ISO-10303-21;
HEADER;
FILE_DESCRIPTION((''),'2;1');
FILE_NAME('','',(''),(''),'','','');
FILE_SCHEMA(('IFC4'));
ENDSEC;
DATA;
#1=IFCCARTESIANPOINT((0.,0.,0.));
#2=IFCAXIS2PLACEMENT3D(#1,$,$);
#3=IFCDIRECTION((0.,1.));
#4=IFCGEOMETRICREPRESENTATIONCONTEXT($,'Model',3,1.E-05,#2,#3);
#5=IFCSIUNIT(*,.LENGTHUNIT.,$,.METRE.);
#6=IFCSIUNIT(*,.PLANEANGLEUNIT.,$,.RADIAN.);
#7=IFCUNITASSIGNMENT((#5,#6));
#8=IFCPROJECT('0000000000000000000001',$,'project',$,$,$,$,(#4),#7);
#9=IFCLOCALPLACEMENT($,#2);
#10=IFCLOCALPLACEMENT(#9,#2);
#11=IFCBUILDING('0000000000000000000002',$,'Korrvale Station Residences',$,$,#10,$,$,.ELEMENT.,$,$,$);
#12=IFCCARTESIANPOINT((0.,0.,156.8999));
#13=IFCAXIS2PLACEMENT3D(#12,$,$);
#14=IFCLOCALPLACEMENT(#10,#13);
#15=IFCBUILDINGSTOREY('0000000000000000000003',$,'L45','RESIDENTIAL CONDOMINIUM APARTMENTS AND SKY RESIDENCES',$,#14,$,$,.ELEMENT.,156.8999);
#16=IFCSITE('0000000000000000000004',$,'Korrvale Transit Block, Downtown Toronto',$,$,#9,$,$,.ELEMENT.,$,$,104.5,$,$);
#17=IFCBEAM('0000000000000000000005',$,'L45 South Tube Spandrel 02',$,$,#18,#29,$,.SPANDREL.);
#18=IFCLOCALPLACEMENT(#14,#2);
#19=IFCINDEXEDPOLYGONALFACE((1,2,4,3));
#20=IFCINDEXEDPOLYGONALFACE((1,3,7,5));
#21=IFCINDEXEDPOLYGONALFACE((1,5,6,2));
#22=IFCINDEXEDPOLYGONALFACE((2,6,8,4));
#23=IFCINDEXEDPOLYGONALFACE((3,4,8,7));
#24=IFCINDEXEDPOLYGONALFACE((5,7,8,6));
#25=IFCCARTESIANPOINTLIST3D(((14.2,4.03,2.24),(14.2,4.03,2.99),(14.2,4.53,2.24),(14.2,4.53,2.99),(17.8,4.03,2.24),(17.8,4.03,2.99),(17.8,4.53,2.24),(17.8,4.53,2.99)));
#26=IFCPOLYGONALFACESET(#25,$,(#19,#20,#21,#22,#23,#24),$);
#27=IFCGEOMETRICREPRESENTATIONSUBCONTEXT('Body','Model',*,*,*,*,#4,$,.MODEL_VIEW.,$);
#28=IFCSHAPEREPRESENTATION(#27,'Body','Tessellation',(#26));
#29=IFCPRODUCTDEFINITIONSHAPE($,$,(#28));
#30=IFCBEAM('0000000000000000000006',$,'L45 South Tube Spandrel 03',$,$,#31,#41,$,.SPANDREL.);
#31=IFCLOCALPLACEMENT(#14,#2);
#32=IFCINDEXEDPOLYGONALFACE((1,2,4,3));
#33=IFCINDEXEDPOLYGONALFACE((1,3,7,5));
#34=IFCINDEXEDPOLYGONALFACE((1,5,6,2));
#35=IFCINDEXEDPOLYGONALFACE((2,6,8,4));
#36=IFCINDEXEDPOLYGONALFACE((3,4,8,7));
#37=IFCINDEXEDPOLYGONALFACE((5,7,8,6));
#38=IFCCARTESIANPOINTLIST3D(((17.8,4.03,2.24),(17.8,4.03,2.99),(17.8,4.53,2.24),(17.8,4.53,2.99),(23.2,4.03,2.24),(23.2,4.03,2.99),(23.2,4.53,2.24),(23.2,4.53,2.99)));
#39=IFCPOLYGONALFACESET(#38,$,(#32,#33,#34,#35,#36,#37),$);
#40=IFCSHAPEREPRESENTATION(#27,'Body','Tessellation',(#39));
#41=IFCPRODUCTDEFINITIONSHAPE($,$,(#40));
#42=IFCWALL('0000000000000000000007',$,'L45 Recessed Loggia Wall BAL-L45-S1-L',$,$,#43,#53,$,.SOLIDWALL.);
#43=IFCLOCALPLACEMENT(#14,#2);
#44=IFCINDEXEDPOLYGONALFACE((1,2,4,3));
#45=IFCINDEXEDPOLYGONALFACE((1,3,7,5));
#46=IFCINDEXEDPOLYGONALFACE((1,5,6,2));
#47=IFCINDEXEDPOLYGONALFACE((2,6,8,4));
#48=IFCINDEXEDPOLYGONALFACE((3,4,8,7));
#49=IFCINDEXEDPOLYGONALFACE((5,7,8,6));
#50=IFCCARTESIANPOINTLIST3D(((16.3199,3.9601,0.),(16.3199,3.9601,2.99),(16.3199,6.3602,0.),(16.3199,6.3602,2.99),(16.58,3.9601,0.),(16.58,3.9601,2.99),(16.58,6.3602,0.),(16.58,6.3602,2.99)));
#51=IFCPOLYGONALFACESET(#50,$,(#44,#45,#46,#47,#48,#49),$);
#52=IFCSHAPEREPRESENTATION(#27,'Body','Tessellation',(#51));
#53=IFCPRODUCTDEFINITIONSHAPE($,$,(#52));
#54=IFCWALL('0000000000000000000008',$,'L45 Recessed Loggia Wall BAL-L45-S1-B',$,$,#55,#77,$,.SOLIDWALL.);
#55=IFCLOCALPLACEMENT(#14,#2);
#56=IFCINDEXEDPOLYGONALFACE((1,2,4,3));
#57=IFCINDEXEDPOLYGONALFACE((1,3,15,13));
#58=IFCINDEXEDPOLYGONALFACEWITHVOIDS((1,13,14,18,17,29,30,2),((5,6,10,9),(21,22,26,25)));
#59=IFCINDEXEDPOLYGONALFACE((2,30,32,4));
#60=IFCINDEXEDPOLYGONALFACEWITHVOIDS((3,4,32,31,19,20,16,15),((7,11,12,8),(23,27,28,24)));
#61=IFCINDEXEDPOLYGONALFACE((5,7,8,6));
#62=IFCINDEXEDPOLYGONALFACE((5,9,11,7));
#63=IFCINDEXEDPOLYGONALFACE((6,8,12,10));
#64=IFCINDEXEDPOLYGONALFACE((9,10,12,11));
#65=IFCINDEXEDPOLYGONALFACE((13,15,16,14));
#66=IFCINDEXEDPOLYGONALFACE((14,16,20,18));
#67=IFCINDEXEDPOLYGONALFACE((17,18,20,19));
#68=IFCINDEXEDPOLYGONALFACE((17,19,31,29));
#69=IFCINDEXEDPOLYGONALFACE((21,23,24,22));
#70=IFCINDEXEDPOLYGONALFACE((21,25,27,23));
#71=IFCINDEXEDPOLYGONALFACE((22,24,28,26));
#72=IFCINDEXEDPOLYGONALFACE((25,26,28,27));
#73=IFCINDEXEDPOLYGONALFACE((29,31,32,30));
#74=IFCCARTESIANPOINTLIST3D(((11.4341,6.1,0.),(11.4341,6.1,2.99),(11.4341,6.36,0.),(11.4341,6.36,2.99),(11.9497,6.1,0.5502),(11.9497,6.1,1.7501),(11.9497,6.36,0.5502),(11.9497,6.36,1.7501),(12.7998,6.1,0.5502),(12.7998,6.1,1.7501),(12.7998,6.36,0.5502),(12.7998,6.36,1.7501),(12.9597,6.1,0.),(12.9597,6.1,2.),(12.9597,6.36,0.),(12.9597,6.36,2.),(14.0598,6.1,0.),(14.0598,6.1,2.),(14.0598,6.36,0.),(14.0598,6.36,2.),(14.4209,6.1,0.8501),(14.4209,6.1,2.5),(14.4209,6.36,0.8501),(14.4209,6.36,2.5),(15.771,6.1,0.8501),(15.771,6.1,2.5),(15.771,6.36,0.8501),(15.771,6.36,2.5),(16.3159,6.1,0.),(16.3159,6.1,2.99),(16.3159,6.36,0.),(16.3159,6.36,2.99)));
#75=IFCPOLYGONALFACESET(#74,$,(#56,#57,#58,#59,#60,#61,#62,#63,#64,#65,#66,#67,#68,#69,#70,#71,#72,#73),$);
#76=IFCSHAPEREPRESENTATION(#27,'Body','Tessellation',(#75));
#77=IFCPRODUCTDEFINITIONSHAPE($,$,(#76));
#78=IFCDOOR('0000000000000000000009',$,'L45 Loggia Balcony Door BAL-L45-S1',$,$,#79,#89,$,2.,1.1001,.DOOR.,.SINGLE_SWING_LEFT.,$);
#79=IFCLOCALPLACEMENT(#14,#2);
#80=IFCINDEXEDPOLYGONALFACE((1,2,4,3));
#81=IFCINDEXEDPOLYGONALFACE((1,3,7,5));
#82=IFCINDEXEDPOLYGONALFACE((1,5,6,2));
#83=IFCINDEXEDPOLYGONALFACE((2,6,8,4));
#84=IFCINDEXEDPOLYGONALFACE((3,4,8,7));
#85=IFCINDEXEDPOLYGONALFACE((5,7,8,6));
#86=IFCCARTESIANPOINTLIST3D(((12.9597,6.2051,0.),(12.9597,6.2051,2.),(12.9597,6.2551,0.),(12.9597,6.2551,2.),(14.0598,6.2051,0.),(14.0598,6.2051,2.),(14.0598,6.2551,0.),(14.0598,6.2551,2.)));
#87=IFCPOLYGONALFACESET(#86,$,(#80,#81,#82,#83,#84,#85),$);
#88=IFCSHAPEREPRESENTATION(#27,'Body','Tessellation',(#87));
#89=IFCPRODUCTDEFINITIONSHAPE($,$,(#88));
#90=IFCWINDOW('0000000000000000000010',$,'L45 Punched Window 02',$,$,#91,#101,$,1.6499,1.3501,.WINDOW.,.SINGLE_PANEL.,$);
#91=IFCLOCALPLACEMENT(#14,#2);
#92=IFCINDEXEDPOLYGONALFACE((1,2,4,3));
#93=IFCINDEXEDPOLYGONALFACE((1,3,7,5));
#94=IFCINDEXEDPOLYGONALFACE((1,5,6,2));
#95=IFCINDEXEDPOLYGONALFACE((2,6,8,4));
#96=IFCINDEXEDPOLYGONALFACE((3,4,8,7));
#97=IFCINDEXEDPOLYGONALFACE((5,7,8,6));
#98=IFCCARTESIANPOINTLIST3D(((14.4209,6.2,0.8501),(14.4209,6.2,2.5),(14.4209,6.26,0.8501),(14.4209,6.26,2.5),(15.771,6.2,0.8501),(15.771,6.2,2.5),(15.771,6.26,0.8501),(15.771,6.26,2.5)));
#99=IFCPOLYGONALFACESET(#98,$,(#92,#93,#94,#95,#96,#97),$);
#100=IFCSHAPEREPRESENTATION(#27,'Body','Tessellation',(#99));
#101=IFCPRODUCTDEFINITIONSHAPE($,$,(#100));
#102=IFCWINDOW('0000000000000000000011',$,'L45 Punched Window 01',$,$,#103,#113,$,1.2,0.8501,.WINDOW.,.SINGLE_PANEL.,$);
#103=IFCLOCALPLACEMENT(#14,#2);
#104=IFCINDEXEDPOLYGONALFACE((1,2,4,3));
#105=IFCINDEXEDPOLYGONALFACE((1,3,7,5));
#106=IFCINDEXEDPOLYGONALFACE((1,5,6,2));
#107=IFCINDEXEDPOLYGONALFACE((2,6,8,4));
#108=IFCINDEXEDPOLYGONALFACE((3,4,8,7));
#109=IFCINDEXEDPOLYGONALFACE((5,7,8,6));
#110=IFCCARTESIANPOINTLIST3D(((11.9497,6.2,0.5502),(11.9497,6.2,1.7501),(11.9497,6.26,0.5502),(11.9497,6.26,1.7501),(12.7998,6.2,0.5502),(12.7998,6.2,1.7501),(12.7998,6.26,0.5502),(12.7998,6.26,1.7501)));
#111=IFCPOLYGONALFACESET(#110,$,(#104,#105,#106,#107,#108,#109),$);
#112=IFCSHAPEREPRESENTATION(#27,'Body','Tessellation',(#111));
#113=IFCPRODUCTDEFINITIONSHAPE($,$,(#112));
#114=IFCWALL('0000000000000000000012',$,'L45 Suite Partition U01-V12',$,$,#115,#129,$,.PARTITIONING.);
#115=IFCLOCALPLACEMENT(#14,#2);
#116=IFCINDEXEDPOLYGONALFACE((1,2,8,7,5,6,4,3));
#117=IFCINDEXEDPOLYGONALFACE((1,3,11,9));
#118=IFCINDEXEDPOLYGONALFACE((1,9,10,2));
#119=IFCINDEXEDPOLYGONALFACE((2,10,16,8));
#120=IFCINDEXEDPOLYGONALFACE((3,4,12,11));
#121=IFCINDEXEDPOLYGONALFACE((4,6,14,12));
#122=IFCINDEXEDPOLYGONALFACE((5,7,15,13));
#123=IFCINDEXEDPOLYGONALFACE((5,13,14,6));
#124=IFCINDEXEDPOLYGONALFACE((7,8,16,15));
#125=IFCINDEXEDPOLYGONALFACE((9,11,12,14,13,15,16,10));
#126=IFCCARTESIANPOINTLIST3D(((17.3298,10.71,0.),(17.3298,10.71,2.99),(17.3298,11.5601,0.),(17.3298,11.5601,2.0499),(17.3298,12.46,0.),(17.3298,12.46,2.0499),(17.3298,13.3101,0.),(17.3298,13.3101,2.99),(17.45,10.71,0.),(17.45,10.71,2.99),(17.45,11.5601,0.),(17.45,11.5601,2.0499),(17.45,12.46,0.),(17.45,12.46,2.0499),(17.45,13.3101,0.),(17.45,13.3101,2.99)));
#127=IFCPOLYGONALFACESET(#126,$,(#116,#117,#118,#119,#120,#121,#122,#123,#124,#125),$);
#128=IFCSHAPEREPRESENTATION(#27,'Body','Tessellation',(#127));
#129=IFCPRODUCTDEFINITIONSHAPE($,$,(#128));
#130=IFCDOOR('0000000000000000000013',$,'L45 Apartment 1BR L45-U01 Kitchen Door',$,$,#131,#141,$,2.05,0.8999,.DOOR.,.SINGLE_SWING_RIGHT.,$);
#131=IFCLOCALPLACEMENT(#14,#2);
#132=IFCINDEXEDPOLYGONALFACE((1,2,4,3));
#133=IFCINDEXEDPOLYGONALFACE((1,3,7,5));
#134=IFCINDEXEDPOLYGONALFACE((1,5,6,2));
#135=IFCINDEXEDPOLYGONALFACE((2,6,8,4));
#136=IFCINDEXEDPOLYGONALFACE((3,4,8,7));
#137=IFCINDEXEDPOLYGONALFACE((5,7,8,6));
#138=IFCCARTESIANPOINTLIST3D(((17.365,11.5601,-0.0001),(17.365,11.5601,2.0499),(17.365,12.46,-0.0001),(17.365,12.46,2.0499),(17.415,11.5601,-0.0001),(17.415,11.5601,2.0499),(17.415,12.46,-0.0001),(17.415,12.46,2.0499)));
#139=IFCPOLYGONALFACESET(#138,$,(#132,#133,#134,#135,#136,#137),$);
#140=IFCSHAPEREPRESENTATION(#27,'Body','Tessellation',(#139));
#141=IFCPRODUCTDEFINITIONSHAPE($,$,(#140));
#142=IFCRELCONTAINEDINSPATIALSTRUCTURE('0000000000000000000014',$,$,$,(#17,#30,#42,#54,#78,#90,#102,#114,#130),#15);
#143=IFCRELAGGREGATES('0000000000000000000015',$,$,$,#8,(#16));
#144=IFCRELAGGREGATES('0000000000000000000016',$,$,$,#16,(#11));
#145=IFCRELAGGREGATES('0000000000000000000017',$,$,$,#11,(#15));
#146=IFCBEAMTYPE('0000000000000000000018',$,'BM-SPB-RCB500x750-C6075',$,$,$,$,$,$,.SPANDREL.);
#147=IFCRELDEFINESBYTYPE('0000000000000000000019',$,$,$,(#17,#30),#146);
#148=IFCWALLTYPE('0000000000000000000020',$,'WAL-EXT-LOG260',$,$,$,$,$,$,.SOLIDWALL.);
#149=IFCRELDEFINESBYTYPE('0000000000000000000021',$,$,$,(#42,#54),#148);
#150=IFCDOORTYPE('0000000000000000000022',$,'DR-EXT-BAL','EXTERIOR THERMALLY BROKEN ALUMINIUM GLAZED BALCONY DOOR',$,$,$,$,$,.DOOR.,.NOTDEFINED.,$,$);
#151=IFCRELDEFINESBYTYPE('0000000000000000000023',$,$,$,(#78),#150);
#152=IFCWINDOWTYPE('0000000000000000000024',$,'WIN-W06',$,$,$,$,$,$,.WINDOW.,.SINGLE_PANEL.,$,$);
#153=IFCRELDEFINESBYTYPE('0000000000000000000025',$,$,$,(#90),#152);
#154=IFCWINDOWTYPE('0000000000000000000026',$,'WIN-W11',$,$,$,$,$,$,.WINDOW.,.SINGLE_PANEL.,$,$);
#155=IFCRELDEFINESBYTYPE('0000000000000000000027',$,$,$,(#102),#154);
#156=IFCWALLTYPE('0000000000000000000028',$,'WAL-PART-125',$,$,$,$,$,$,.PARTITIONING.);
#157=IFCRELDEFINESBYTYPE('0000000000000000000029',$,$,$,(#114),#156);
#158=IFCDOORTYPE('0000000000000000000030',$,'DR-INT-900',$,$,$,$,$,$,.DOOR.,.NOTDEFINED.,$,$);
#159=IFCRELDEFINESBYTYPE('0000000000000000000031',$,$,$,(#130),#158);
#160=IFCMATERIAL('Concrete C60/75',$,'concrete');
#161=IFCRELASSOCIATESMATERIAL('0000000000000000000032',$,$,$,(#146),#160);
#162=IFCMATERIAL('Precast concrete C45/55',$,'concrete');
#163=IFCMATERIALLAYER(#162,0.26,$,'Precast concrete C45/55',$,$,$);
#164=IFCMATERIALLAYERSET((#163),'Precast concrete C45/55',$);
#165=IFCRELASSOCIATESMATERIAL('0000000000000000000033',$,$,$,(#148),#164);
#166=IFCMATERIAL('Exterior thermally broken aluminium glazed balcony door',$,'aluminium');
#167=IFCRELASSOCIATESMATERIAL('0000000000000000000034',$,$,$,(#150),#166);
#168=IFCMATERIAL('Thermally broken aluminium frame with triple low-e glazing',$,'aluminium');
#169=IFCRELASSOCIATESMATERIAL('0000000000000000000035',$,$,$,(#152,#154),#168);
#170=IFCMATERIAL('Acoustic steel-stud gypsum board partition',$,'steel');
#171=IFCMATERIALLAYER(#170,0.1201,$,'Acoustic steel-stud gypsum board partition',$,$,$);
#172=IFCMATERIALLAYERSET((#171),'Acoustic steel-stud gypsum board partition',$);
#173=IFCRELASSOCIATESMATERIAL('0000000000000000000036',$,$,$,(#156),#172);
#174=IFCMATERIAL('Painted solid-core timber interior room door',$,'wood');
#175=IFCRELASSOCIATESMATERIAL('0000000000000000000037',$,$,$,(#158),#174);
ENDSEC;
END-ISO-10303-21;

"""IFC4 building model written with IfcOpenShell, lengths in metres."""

from ifc_helpers import new_model, si_unit, direction, frame, frame_2d, origin, origin_2d, place, context, subcontext, project, spatial, rectangle, extrude, material, layer, layer_set, material_profile, profile_set, type_object, element, fill, save


model = new_model("IFC4")

# Units and contexts
model_context = context("Model", 3, precision=1e-05, world=origin(), true_north=direction((0.0, 1.0)))
body_context = subcontext(model_context, "Body", "Model", "MODEL_VIEW")
ifc_project = project(units=[si_unit("LENGTHUNIT", "METRE"), si_unit("PLANEANGLEUNIT", "RADIAN")], contexts=[model_context])

# Site, building, storey
site_placement = place(None, origin())
site = spatial("IfcSite", under=ifc_project, at=site_placement, Name="Korrvale Transit Block, Downtown Toronto", CompositionType="ELEMENT", RefElevation=104.5)
building_placement = place(site_placement, origin())
building = spatial("IfcBuilding", under=site, at=building_placement, Name="Korrvale Station Residences", CompositionType="ELEMENT")
storey_placement = place(building_placement, frame((0.0, 0.0, 156.8999)))
storey = spatial("IfcBuildingStorey", under=building, at=storey_placement, Name="L45", Description="RESIDENTIAL CONDOMINIUM APARTMENTS AND SKY RESIDENCES", CompositionType="ELEMENT", Elevation=156.8999)

# Shared definitions
ifc_material_1 = material(Name="Concrete C60/75", Category="concrete")

# Beams
ifc_material_profile_1 = material_profile(ifc_material_1, rectangle(XDim=0.5, YDim=0.75, at=origin_2d()), Name="RCB500x750")
ifc_profile_set_1 = profile_set([ifc_material_profile_1], Name="Concrete C60/75")
beam_type_1 = type_object("IfcBeamType", Name="BM-SPB-RCB500x750-C6075", PredefinedType="SPANDREL", material=ifc_profile_set_1)
beam_1_placement = place(storey_placement, frame((14.2, 4.28, 2.615), z_axis=(1.0, 0.0, 0.0), x_axis=(0.0, 1.0, 0.0)))
element("IfcBeam", 1, at=beam_1_placement, inside=storey, type_object=beam_type_1, Name="L45 South Tube Spandrel 02", PredefinedType="SPANDREL", context=body_context, shape_type="SweptSolid", body=[
    extrude(rectangle(XDim=0.5, YDim=0.75, at=origin_2d()), origin(), (0.0, 0.0, 1.0), 3.6001),
])
beam_2_placement = place(storey_placement, frame((17.8, 4.28, 2.615), z_axis=(1.0, 0.0, 0.0), x_axis=(0.0, 1.0, 0.0)))
element("IfcBeam", 2, at=beam_2_placement, inside=storey, type_object=beam_type_1, Name="L45 South Tube Spandrel 03", PredefinedType="SPANDREL", context=body_context, shape_type="SweptSolid", body=[
    extrude(rectangle(XDim=0.5, YDim=0.75, at=origin_2d()), origin(), (0.0, 0.0, 1.0), 5.3999),
])

# Wall
ifc_material_2 = material(Name="Precast concrete C45/55", Category="concrete")
ifc_layer_1 = layer(ifc_material_2, 0.26, Name="Precast concrete C45/55")
ifc_layer_set_1 = layer_set([ifc_layer_1], Name="Precast concrete C45/55")
wall_type_1 = type_object("IfcWallType", Name="WAL-EXT-LOG260", PredefinedType="SOLIDWALL", material=ifc_layer_set_1)
wall_1_placement = place(storey_placement, frame((16.45, 3.96, 0.0), z_axis=(0.0, 0.0, 1.0), x_axis=(0.0, 1.0, 0.0)))
element("IfcWall", 3, at=wall_1_placement, inside=storey, type_object=wall_type_1, Name="L45 Recessed Loggia Wall BAL-L45-S1-L", PredefinedType="SOLIDWALL", context=body_context, shape_type="SweptSolid", body=[
    extrude(rectangle(XDim=2.4001, YDim=0.26, at=frame_2d((1.2002, 0.0))), origin(), (0.0, 0.0, 1.0), 2.99),
])

# Wall, openings, door, windows
wall_2_placement = place(storey_placement, frame((16.3159, 6.23, 0.0), z_axis=(0.0, 0.0, 1.0), x_axis=(-1.0, 0.0, 0.0)))
wall_2 = element("IfcWall", 4, at=wall_2_placement, inside=storey, type_object=wall_type_1, Name="L45 Recessed Loggia Wall BAL-L45-S1-B", PredefinedType="SOLIDWALL", context=body_context, shape_type="SweptSolid", body=[
    extrude(rectangle(XDim=4.8818, YDim=0.26, at=frame_2d((2.4409, 0.0))), origin(), (0.0, 0.0, 1.0), 2.99),
])
opening_1_placement = place(wall_2_placement, frame((2.2561, 0.0, 0.0)))
opening_1 = element("IfcOpeningElement", 5, at=opening_1_placement, cuts=wall_2, PredefinedType="OPENING", context=body_context, shape_type="SweptSolid", body=[
    extrude(rectangle(XDim=1.1001, YDim=2.0, at=frame_2d((0.55, 1.0))), frame((0.0, 0.1401, 0.0), z_axis=(0.0, -1.0, 0.0), x_axis=(1.0, 0.0, 0.0)), (0.0, 0.0, 1.0), 0.28),
])
opening_2_placement = place(wall_2_placement, frame((3.5161, 0.0, 0.55)))
opening_2 = element("IfcOpeningElement", 6, at=opening_2_placement, cuts=wall_2, PredefinedType="OPENING", context=body_context, shape_type="SweptSolid", body=[
    extrude(rectangle(XDim=0.8501, YDim=1.2, at=frame_2d((0.425, 0.6001))), frame((0.0, 0.1401, 0.0), z_axis=(0.0, -1.0, 0.0), x_axis=(1.0, 0.0, 0.0)), (0.0, 0.0, 1.0), 0.28),
])
opening_3_placement = place(wall_2_placement, frame((0.5449, 0.0, 0.8501)))
opening_3 = element("IfcOpeningElement", 7, at=opening_3_placement, cuts=wall_2, PredefinedType="OPENING", context=body_context, shape_type="SweptSolid", body=[
    extrude(rectangle(XDim=1.3501, YDim=1.6499, at=frame_2d((0.675, 0.825))), frame((0.0, 0.1401, 0.0), z_axis=(0.0, -1.0, 0.0), x_axis=(1.0, 0.0, 0.0)), (0.0, 0.0, 1.0), 0.28),
])
ifc_material_3 = material(Name="Exterior thermally broken aluminium glazed balcony door", Category="aluminium")
door_type_1 = type_object("IfcDoorType", Name="DR-EXT-BAL", Description="EXTERIOR THERMALLY BROKEN ALUMINIUM GLAZED BALCONY DOOR", OperationType="NOTDEFINED", PredefinedType="DOOR", material=ifc_material_3)
door_1_placement = place(opening_1_placement, origin())
door_1 = element("IfcDoor", 8, at=door_1_placement, inside=storey, type_object=door_type_1, Name="L45 Loggia Balcony Door BAL-L45-S1", OperationType="SINGLE_SWING_LEFT", OverallHeight=2.0, OverallWidth=1.1001, PredefinedType="DOOR", context=body_context, shape_type="SweptSolid", body=[
    extrude(rectangle(XDim=1.1001, YDim=2.0, at=frame_2d((0.55, 1.0))), frame((0.0, 0.0249, 0.0), z_axis=(0.0, -1.0, 0.0), x_axis=(1.0, 0.0, 0.0)), (0.0, 0.0, 1.0), 0.05),
])
fill(opening_1, door_1)
ifc_material_4 = material(Name="Thermally broken aluminium frame with triple low-e glazing", Category="aluminium")
window_type_1 = type_object("IfcWindowType", Name="WIN-W06", PartitioningType="SINGLE_PANEL", PredefinedType="WINDOW", material=ifc_material_4)
window_1_placement = place(opening_3_placement, origin())
window_1 = element("IfcWindow", 9, at=window_1_placement, inside=storey, type_object=window_type_1, Name="L45 Punched Window 02", OverallHeight=1.6499, OverallWidth=1.3501, PartitioningType="SINGLE_PANEL", PredefinedType="WINDOW", context=body_context, shape_type="SweptSolid", body=[
    extrude(rectangle(XDim=1.3501, YDim=1.6499, at=frame_2d((0.675, 0.825))), frame((0.0, 0.03, 0.0), z_axis=(0.0, -1.0, 0.0), x_axis=(1.0, 0.0, 0.0)), (0.0, 0.0, 1.0), 0.0601),
])
fill(opening_3, window_1)
window_type_2 = type_object("IfcWindowType", Name="WIN-W11", PartitioningType="SINGLE_PANEL", PredefinedType="WINDOW", material=ifc_material_4)
window_2_placement = place(opening_2_placement, origin())
window_2 = element("IfcWindow", 10, at=window_2_placement, inside=storey, type_object=window_type_2, Name="L45 Punched Window 01", OverallHeight=1.2, OverallWidth=0.8501, PartitioningType="SINGLE_PANEL", PredefinedType="WINDOW", context=body_context, shape_type="SweptSolid", body=[
    extrude(rectangle(XDim=0.8501, YDim=1.2, at=frame_2d((0.425, 0.6001))), frame((0.0, 0.03, 0.0), z_axis=(0.0, -1.0, 0.0), x_axis=(1.0, 0.0, 0.0)), (0.0, 0.0, 1.0), 0.0601),
])
fill(opening_2, window_2)

# Wall, opening, door
ifc_material_5 = material(Name="Acoustic steel-stud gypsum board partition", Category="steel")
ifc_layer_2 = layer(ifc_material_5, 0.1201, Name="Acoustic steel-stud gypsum board partition")
ifc_layer_set_2 = layer_set([ifc_layer_2], Name="Acoustic steel-stud gypsum board partition")
wall_type_2 = type_object("IfcWallType", Name="WAL-PART-125", PredefinedType="PARTITIONING", material=ifc_layer_set_2)
wall_3_placement = place(storey_placement, frame((17.3899, 10.71, 0.0), z_axis=(0.0, 0.0, 1.0), x_axis=(0.0, 1.0, 0.0)))
wall_3 = element("IfcWall", 11, at=wall_3_placement, inside=storey, type_object=wall_type_2, Name="L45 Suite Partition U01-V12", PredefinedType="PARTITIONING", context=body_context, shape_type="SweptSolid", body=[
    extrude(rectangle(XDim=2.6001, YDim=0.1201, at=frame_2d((1.3, 0.0))), origin(), (0.0, 0.0, 1.0), 2.99),
])
opening_4_placement = place(wall_3_placement, frame((0.8501, 0.0, 0.0)))
opening_4 = element("IfcOpeningElement", 12, at=opening_4_placement, cuts=wall_3, PredefinedType="OPENING", context=body_context, shape_type="SweptSolid", body=[
    extrude(rectangle(XDim=0.8999, YDim=2.05, at=frame_2d((0.45, 1.0249))), frame((0.0, 0.0701, 0.0), z_axis=(0.0, -1.0, 0.0), x_axis=(1.0, 0.0, 0.0)), (0.0, 0.0, 1.0), 0.1401),
])
ifc_material_6 = material(Name="Painted solid-core timber interior room door", Category="wood")
door_type_2 = type_object("IfcDoorType", Name="DR-INT-900", OperationType="NOTDEFINED", PredefinedType="DOOR", material=ifc_material_6)
door_2_placement = place(opening_4_placement, origin())
door_2 = element("IfcDoor", 13, at=door_2_placement, inside=storey, type_object=door_type_2, Name="L45 Apartment 1BR L45-U01 Kitchen Door", OperationType="SINGLE_SWING_RIGHT", OverallHeight=2.05, OverallWidth=0.8999, PredefinedType="DOOR", context=body_context, shape_type="SweptSolid", body=[
    extrude(rectangle(XDim=0.8999, YDim=2.05, at=frame_2d((0.45, 1.0249))), frame((0.0, 0.0249, 0.0), z_axis=(0.0, -1.0, 0.0), x_axis=(1.0, 0.0, 0.0)), (0.0, 0.0, 1.0), 0.05),
])
fill(opening_4, door_2)

save(model, "model.ifc")
